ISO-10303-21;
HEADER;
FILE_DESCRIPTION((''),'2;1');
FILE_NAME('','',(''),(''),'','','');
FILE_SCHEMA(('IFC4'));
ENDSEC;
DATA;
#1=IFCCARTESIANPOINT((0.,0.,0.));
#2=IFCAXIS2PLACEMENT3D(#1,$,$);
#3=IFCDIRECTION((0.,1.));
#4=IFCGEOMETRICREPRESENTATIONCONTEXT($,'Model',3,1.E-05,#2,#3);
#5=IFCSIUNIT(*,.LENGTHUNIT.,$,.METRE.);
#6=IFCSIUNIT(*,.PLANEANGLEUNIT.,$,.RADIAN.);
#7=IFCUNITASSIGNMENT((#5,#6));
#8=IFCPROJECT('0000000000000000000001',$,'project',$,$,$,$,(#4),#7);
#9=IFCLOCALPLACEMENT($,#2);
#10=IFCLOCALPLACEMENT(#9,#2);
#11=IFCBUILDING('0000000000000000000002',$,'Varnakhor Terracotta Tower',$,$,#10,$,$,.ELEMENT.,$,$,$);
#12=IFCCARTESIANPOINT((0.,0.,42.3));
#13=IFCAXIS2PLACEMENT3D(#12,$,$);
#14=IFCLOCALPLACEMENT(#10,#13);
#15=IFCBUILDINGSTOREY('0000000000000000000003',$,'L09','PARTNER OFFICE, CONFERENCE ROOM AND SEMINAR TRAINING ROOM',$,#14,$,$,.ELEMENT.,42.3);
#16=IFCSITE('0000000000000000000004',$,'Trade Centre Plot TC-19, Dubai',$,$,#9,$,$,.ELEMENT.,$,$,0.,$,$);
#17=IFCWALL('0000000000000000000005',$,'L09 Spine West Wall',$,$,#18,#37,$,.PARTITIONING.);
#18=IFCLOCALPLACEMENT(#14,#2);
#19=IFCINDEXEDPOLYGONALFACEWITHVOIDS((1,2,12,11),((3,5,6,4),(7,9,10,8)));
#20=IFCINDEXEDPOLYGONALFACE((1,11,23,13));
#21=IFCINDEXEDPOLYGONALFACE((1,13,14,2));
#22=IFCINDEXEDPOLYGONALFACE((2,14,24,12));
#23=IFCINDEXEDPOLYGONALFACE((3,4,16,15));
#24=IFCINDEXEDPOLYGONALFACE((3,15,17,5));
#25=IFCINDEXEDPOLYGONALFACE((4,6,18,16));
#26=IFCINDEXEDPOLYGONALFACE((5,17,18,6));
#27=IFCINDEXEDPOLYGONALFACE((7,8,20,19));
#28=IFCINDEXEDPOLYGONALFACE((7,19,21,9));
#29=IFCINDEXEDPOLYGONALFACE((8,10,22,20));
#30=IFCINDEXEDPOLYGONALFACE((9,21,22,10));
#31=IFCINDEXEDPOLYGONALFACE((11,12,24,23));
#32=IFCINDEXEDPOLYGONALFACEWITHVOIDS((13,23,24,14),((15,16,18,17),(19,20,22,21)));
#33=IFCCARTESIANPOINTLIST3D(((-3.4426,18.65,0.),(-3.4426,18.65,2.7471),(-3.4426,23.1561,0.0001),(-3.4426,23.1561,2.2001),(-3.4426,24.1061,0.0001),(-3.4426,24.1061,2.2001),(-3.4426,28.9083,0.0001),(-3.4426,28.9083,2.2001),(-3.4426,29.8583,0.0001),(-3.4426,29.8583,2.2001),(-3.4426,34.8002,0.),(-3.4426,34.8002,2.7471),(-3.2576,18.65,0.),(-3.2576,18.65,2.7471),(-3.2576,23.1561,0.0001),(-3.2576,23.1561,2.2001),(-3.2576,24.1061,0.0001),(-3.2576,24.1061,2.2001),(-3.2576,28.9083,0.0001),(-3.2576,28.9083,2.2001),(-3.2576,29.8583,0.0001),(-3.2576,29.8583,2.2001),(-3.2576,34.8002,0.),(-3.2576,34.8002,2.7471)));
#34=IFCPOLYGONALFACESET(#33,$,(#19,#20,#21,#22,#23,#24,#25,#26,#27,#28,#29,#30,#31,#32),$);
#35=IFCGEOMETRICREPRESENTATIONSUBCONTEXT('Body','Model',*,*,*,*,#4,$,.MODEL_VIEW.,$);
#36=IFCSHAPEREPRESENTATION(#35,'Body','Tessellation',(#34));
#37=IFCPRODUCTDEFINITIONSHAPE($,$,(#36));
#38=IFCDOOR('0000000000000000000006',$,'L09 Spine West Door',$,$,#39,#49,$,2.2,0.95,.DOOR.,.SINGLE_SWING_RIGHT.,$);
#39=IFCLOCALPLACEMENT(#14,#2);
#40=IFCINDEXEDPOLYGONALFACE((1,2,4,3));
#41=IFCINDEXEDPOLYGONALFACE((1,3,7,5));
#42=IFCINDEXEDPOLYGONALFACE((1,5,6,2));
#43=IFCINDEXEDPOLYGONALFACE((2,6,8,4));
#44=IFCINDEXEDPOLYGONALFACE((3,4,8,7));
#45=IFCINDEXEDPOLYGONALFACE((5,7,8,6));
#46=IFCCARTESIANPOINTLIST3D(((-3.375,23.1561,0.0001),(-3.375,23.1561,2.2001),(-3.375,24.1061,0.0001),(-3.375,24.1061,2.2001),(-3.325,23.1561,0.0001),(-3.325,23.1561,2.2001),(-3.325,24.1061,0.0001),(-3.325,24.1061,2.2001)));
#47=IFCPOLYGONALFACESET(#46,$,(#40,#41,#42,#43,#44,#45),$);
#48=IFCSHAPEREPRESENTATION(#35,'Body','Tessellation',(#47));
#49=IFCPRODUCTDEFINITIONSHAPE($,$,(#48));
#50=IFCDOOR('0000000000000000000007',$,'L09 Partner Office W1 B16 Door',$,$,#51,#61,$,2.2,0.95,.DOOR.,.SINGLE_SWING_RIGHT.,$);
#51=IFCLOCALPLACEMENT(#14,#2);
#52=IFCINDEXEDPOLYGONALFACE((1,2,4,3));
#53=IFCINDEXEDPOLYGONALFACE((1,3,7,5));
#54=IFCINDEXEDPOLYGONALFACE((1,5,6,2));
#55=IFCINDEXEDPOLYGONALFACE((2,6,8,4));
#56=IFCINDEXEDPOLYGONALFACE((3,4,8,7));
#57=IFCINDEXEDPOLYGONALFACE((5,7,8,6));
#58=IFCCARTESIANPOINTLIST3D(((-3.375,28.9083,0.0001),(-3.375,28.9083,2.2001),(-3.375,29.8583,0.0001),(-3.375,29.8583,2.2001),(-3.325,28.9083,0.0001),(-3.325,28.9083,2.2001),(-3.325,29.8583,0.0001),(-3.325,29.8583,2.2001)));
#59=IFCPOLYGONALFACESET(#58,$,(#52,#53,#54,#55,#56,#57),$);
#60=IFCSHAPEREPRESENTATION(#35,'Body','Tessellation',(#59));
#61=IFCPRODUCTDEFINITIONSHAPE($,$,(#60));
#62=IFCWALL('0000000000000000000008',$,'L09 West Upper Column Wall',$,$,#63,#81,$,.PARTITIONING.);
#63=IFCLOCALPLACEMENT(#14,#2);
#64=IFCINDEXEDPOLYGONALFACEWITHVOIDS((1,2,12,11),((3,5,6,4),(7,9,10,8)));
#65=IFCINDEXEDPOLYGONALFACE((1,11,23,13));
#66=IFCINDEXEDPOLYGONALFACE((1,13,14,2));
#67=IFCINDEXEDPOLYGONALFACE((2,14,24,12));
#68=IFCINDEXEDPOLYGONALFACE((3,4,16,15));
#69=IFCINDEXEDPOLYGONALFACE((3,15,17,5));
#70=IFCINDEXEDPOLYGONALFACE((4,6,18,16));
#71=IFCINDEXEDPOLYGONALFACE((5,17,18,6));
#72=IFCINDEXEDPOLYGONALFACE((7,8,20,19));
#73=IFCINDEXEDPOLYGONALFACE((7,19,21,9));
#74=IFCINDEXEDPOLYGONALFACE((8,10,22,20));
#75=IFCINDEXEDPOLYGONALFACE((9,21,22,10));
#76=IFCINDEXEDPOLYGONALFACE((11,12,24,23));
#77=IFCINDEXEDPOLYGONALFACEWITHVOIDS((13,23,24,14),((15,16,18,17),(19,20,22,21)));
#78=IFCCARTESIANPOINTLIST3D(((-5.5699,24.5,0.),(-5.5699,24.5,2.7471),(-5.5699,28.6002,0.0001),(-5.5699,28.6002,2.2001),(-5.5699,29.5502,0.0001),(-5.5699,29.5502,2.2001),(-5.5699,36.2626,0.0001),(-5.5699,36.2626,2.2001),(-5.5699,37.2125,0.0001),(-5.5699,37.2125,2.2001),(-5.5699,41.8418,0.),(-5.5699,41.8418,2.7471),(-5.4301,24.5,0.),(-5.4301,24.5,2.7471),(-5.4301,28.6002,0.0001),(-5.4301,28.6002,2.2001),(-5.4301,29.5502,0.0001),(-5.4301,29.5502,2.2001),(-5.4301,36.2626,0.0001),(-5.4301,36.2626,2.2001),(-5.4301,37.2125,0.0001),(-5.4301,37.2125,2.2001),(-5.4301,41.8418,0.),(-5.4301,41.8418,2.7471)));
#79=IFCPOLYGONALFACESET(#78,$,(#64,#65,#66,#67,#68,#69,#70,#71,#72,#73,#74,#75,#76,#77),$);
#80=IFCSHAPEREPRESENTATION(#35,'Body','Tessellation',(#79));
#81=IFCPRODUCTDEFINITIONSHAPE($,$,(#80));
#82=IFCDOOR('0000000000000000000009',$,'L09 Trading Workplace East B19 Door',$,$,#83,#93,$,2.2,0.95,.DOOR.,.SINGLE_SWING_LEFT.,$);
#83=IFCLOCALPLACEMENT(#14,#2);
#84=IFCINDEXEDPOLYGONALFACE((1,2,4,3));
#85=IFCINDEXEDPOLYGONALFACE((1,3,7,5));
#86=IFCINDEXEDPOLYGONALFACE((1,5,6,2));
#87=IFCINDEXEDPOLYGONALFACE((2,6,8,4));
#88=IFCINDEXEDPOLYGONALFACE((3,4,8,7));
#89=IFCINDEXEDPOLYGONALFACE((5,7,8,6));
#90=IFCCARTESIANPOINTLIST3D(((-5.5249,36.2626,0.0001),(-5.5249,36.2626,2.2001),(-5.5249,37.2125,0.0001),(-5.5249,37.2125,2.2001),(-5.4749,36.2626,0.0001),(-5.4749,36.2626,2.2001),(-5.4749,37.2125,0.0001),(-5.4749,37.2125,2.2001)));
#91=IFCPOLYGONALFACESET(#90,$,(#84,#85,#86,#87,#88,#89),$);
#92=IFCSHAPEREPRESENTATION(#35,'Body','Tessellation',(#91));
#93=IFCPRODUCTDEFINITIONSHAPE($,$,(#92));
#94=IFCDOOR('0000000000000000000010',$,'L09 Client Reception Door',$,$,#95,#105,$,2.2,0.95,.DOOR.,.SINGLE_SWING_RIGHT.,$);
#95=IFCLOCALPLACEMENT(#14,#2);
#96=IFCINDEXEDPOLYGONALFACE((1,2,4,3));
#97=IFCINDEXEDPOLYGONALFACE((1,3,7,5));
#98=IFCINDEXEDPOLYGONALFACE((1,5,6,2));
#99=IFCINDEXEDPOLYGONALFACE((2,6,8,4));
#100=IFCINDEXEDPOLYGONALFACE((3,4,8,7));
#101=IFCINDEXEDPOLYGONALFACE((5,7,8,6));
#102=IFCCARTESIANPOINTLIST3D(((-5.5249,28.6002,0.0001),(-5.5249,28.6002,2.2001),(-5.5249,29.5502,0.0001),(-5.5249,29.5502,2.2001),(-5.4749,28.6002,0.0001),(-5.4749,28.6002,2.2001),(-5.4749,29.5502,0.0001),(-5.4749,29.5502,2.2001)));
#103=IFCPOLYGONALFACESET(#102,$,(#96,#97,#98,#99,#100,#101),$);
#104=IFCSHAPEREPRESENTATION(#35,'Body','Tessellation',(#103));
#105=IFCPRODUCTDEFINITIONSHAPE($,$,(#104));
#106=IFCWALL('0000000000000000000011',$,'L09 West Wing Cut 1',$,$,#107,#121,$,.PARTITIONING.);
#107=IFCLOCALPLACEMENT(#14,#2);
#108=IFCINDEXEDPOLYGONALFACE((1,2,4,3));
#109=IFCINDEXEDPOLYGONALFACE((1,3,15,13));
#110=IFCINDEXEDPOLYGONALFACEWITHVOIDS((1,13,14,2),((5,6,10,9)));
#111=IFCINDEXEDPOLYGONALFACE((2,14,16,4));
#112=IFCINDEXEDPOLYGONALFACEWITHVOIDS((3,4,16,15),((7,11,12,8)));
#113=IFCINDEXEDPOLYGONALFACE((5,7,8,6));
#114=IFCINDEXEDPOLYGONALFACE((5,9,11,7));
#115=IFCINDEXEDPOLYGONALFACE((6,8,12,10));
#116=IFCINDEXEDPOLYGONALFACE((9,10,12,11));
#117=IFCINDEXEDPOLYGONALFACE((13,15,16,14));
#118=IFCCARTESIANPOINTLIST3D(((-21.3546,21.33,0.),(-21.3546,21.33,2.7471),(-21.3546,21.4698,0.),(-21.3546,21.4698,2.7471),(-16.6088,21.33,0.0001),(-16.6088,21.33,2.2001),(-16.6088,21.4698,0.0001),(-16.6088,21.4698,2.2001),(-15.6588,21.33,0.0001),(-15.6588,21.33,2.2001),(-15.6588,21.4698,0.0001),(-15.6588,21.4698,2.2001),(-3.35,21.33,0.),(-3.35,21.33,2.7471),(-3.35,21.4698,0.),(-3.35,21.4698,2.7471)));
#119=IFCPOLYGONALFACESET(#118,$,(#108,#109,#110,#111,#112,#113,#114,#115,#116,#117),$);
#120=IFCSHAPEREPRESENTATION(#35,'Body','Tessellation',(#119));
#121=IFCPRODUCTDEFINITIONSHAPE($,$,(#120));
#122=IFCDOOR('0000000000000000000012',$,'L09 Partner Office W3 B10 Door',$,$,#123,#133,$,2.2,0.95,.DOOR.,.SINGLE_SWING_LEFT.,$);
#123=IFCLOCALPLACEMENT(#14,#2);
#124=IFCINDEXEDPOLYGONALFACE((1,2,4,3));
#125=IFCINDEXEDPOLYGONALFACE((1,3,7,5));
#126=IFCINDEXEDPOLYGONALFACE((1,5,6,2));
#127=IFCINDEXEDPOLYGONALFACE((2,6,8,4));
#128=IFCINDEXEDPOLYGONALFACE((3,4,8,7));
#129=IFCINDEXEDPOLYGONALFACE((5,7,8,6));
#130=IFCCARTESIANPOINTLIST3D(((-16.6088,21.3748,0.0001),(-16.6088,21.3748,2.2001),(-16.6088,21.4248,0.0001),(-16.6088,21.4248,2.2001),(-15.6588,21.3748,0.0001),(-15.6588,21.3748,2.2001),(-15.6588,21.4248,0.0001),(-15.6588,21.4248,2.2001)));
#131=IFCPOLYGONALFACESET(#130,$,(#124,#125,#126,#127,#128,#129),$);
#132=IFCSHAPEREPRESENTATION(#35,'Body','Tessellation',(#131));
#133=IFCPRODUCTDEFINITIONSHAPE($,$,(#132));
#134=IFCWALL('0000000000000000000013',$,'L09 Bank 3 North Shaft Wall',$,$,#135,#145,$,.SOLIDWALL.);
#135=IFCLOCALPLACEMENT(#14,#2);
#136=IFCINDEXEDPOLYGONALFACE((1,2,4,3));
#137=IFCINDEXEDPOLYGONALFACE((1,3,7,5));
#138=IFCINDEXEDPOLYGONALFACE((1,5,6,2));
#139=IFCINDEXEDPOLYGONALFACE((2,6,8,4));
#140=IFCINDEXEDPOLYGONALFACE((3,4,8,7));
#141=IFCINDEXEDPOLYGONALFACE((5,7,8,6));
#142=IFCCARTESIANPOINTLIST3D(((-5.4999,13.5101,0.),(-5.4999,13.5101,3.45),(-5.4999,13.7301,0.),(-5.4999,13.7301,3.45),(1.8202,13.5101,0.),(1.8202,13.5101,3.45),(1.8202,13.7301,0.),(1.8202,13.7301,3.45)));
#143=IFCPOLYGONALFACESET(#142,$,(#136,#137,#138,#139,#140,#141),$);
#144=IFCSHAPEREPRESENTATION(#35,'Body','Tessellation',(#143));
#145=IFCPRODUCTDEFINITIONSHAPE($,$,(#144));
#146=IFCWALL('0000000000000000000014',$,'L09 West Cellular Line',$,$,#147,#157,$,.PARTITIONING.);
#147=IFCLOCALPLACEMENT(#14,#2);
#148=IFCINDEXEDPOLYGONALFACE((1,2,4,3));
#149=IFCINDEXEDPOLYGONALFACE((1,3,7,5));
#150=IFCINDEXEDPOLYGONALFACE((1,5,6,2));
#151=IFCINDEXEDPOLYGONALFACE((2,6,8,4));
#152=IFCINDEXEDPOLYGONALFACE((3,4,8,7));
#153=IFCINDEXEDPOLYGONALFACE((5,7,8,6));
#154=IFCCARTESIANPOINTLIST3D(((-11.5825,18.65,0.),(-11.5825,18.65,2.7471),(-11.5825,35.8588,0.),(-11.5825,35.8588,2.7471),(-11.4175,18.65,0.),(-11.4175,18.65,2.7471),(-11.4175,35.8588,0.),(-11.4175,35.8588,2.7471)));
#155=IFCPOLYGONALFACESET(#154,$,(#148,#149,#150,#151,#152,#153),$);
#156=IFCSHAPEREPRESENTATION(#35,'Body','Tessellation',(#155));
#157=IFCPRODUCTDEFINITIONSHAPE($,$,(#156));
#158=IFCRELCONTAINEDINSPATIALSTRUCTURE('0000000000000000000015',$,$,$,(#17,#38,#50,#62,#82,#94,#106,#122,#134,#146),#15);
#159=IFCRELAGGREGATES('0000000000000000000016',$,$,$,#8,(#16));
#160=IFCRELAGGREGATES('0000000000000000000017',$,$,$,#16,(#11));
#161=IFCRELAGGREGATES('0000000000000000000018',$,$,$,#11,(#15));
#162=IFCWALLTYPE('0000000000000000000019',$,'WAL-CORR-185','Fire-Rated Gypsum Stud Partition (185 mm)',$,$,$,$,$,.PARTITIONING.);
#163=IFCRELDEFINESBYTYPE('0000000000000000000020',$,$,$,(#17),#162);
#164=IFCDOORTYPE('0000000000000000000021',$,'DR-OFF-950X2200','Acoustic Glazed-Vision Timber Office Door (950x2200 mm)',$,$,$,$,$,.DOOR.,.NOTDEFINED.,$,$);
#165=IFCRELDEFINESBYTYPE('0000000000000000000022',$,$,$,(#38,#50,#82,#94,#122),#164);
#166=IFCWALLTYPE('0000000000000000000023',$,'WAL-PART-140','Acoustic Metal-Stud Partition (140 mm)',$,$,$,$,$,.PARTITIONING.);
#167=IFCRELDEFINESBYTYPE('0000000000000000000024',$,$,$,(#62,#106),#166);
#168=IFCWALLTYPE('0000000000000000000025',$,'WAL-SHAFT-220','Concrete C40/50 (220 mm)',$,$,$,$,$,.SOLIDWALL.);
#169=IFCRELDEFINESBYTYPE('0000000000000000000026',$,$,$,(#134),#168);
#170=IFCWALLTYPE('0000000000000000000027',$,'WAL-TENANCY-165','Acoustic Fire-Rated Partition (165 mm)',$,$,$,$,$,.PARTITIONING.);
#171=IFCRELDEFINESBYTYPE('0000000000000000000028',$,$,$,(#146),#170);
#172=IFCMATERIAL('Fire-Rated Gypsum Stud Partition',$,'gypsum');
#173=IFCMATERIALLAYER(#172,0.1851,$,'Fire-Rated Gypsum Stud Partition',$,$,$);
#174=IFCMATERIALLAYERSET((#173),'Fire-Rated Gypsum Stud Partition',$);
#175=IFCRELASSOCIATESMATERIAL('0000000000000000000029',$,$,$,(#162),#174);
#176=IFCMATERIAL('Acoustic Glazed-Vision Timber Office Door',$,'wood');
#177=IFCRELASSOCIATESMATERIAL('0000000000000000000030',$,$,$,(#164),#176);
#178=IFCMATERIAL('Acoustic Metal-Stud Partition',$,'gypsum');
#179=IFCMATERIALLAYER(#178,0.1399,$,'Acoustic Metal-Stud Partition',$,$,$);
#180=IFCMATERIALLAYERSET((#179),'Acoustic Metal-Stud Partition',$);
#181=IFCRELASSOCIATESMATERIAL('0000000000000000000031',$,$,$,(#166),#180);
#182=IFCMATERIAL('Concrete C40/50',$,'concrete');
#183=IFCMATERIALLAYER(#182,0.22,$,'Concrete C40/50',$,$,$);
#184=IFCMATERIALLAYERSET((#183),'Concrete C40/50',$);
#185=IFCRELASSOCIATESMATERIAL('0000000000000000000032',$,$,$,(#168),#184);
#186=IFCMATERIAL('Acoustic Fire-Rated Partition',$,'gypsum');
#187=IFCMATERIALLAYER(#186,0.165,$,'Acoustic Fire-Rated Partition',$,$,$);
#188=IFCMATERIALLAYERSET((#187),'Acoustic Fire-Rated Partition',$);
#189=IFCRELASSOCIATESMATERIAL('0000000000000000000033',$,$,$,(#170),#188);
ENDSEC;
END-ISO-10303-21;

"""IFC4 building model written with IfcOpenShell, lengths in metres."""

from ifc_helpers import new_model, si_unit, direction, frame, frame_2d, origin, place, context, subcontext, project, spatial, rectangle, extrude, source, transform, mapped, material, layer, layer_set, type_object, type_shapes, element, fill, save


model = new_model("IFC4")

# Units and contexts
model_context = context("Model", 3, precision=1e-05, world=origin(), true_north=direction((0.0, 1.0)))
body_context = subcontext(model_context, "Body", "Model", "MODEL_VIEW")
ifc_project = project(units=[si_unit("LENGTHUNIT", "METRE"), si_unit("PLANEANGLEUNIT", "RADIAN")], contexts=[model_context])

# Site, building, storey
site_placement = place(None, origin())
site = spatial("IfcSite", under=ifc_project, at=site_placement, Name="Trade Centre Plot TC-19, Dubai", CompositionType="ELEMENT", RefElevation=0.0)
building_placement = place(site_placement, origin())
building = spatial("IfcBuilding", under=site, at=building_placement, Name="Varnakhor Terracotta Tower", CompositionType="ELEMENT")
storey_placement = place(building_placement, frame((0.0, 0.0, 42.3)))
storey = spatial("IfcBuildingStorey", under=building, at=storey_placement, Name="L09", Description="PARTNER OFFICE, CONFERENCE ROOM AND SEMINAR TRAINING ROOM", CompositionType="ELEMENT", Elevation=42.3)

# Walls, openings, doors
ifc_material_1 = material(Name="Fire-Rated Gypsum Stud Partition", Category="gypsum")
ifc_layer_1 = layer(ifc_material_1, 0.1851, Name="Fire-Rated Gypsum Stud Partition")
ifc_layer_set_1 = layer_set([ifc_layer_1], Name="Fire-Rated Gypsum Stud Partition")
wall_type_1 = type_object("IfcWallType", Name="WAL-CORR-185", Description="Fire-Rated Gypsum Stud Partition (185 mm)", PredefinedType="PARTITIONING", material=ifc_layer_set_1)
wall_1_placement = place(storey_placement, frame((-3.3501, 18.6499, 0.0), z_axis=(0.0, 0.0, 1.0), x_axis=(0.0, 1.0, 0.0)))
wall_1 = element("IfcWall", 1, at=wall_1_placement, inside=storey, type_object=wall_type_1, Name="L09 Spine West Wall", PredefinedType="PARTITIONING", context=body_context, shape_type="SweptSolid", body=[
    extrude(rectangle(XDim=16.1501, YDim=0.1851, at=frame_2d((8.0752, 0.0))), origin(), (0.0, 0.0, 1.0), 2.7471),
])
opening_1_placement = place(wall_1_placement, frame((4.5061, 0.0, 0.0)))
opening_1 = element("IfcOpeningElement", 2, at=opening_1_placement, cuts=wall_1, PredefinedType="OPENING", context=body_context, shape_type="SweptSolid", body=[
    extrude(rectangle(XDim=0.95, YDim=2.2, at=frame_2d((0.4751, 1.1001))), frame((0.0, 0.1025, 0.0), z_axis=(0.0, -1.0, 0.0), x_axis=(1.0, 0.0, 0.0)), (0.0, 0.0, 1.0), 0.2051),
])
opening_2_placement = place(wall_1_placement, frame((10.2583, 0.0, 0.0)))
opening_2 = element("IfcOpeningElement", 3, at=opening_2_placement, cuts=wall_1, PredefinedType="OPENING", context=body_context, shape_type="SweptSolid", body=[
    extrude(rectangle(XDim=0.95, YDim=2.2, at=frame_2d((0.4751, 1.1001))), frame((0.0, 0.1025, 0.0), z_axis=(0.0, -1.0, 0.0), x_axis=(1.0, 0.0, 0.0)), (0.0, 0.0, 1.0), 0.2051),
])
ifc_material_2 = material(Name="Acoustic Glazed-Vision Timber Office Door", Category="wood")
door_type_1 = type_object("IfcDoorType", Name="DR-OFF-950X2200", Description="Acoustic Glazed-Vision Timber Office Door (950x2200 mm)", OperationType="NOTDEFINED", PredefinedType="DOOR", material=ifc_material_2)
shared_shape_1 = source(origin(), body_context, "Body", "SweptSolid", [
    extrude(rectangle(XDim=0.95, YDim=2.2, at=frame_2d((0.4751, 1.1001))), frame((0.0, 0.0249, 0.0), z_axis=(0.0, -1.0, 0.0), x_axis=(1.0, 0.0, 0.0)), (0.0, 0.0, 1.0), 0.05),
])
type_shapes(door_type_1, [shared_shape_1])
door_1_placement = place(opening_1_placement, origin())
door_1 = element("IfcDoor", 4, at=door_1_placement, inside=storey, type_object=door_type_1, Name="L09 Spine West Door", OperationType="SINGLE_SWING_RIGHT", OverallHeight=2.2, OverallWidth=0.95, PredefinedType="DOOR", context=body_context, shape_type="MappedRepresentation", body=[
    mapped(shared_shape_1, transform((0.0, 0.0, 0.0), scale=1.0)),
])
fill(opening_1, door_1)
door_2_placement = place(opening_2_placement, origin())
door_2 = element("IfcDoor", 5, at=door_2_placement, inside=storey, type_object=door_type_1, Name="L09 Partner Office W1 B16 Door", OperationType="SINGLE_SWING_RIGHT", OverallHeight=2.2, OverallWidth=0.95, PredefinedType="DOOR", context=body_context, shape_type="MappedRepresentation", body=[
    mapped(shared_shape_1, transform((0.0, 0.0, 0.0), scale=1.0)),
])
fill(opening_2, door_2)
ifc_material_3 = material(Name="Acoustic Metal-Stud Partition", Category="gypsum")
ifc_layer_2 = layer(ifc_material_3, 0.1399, Name="Acoustic Metal-Stud Partition")
ifc_layer_set_2 = layer_set([ifc_layer_2], Name="Acoustic Metal-Stud Partition")
wall_type_2 = type_object("IfcWallType", Name="WAL-PART-140", Description="Acoustic Metal-Stud Partition (140 mm)", PredefinedType="PARTITIONING", material=ifc_layer_set_2)
wall_2_placement = place(storey_placement, frame((-5.5, 24.5, 0.0), z_axis=(0.0, 0.0, 1.0), x_axis=(0.0, 1.0, 0.0)))
wall_2 = element("IfcWall", 6, at=wall_2_placement, inside=storey, type_object=wall_type_2, Name="L09 West Upper Column Wall", PredefinedType="PARTITIONING", context=body_context, shape_type="SweptSolid", body=[
    extrude(rectangle(XDim=17.3418, YDim=0.1399, at=frame_2d((8.6709, 0.0))), origin(), (0.0, 0.0, 1.0), 2.7471),
])
opening_3_placement = place(wall_2_placement, frame((11.7625, 0.0, 0.0)))
opening_3 = element("IfcOpeningElement", 7, at=opening_3_placement, cuts=wall_2, PredefinedType="OPENING", context=body_context, shape_type="SweptSolid", body=[
    extrude(rectangle(XDim=0.95, YDim=2.2, at=frame_2d((0.4751, 1.1001))), frame((0.0, 0.0801, 0.0), z_axis=(0.0, -1.0, 0.0), x_axis=(1.0, 0.0, 0.0)), (0.0, 0.0, 1.0), 0.1599),
])
opening_4_placement = place(wall_2_placement, frame((4.1001, 0.0, 0.0)))
opening_4 = element("IfcOpeningElement", 8, at=opening_4_placement, cuts=wall_2, PredefinedType="OPENING", context=body_context, shape_type="SweptSolid", body=[
    extrude(rectangle(XDim=0.95, YDim=2.2, at=frame_2d((0.4751, 1.1001))), frame((0.0, 0.0801, 0.0), z_axis=(0.0, -1.0, 0.0), x_axis=(1.0, 0.0, 0.0)), (0.0, 0.0, 1.0), 0.1599),
])
door_3_placement = place(opening_3_placement, origin())
door_3 = element("IfcDoor", 9, at=door_3_placement, inside=storey, type_object=door_type_1, Name="L09 Trading Workplace East B19 Door", OperationType="SINGLE_SWING_LEFT", OverallHeight=2.2, OverallWidth=0.95, PredefinedType="DOOR", context=body_context, shape_type="MappedRepresentation", body=[
    mapped(shared_shape_1, transform((0.0, 0.0, 0.0), scale=1.0)),
])
fill(opening_3, door_3)
door_4_placement = place(opening_4_placement, origin())
door_4 = element("IfcDoor", 10, at=door_4_placement, inside=storey, type_object=door_type_1, Name="L09 Client Reception Door", OperationType="SINGLE_SWING_RIGHT", OverallHeight=2.2, OverallWidth=0.95, PredefinedType="DOOR", context=body_context, shape_type="MappedRepresentation", body=[
    mapped(shared_shape_1, transform((0.0, 0.0, 0.0), scale=1.0)),
])
fill(opening_4, door_4)

# Wall, opening, door
wall_3_placement = place(storey_placement, frame((-21.3547, 21.3999, 0.0), z_axis=(0.0, 0.0, 1.0), x_axis=(1.0, 0.0, 0.0)))
wall_3 = element("IfcWall", 11, at=wall_3_placement, inside=storey, type_object=wall_type_2, Name="L09 West Wing Cut 1", PredefinedType="PARTITIONING", context=body_context, shape_type="SweptSolid", body=[
    extrude(rectangle(XDim=18.0046, YDim=0.1399, at=frame_2d((9.0024, 0.0))), origin(), (0.0, 0.0, 1.0), 2.7471),
])
opening_5_placement = place(wall_3_placement, frame((4.7458, 0.0, 0.0)))
opening_5 = element("IfcOpeningElement", 12, at=opening_5_placement, cuts=wall_3, PredefinedType="OPENING", context=body_context, shape_type="SweptSolid", body=[
    extrude(rectangle(XDim=0.95, YDim=2.2, at=frame_2d((0.4751, 1.1001))), frame((0.0, 0.0801, 0.0), z_axis=(0.0, -1.0, 0.0), x_axis=(1.0, 0.0, 0.0)), (0.0, 0.0, 1.0), 0.1599),
])
door_5_placement = place(opening_5_placement, origin())
door_5 = element("IfcDoor", 13, at=door_5_placement, inside=storey, type_object=door_type_1, Name="L09 Partner Office W3 B10 Door", OperationType="SINGLE_SWING_LEFT", OverallHeight=2.2, OverallWidth=0.95, PredefinedType="DOOR", context=body_context, shape_type="MappedRepresentation", body=[
    mapped(shared_shape_1, transform((0.0, 0.0, 0.0), scale=1.0)),
])
fill(opening_5, door_5)

# Walls
ifc_material_4 = material(Name="Concrete C40/50", Category="concrete")
ifc_layer_3 = layer(ifc_material_4, 0.22, Name="Concrete C40/50")
ifc_layer_set_3 = layer_set([ifc_layer_3], Name="Concrete C40/50")
wall_type_3 = type_object("IfcWallType", Name="WAL-SHAFT-220", Description="Concrete C40/50 (220 mm)", PredefinedType="SOLIDWALL", material=ifc_layer_set_3)
wall_4_placement = place(storey_placement, frame((-5.5, 13.6201, 0.0), z_axis=(0.0, 0.0, 1.0), x_axis=(1.0, 0.0, 0.0)))
element("IfcWall", 14, at=wall_4_placement, inside=storey, type_object=wall_type_3, Name="L09 Bank 3 North Shaft Wall", PredefinedType="SOLIDWALL", context=body_context, shape_type="SweptSolid", body=[
    extrude(rectangle(XDim=7.3201, YDim=0.22, at=frame_2d((3.6602, 0.0))), origin(), (0.0, 0.0, 1.0), 3.45),
])
ifc_material_5 = material(Name="Acoustic Fire-Rated Partition", Category="gypsum")
ifc_layer_4 = layer(ifc_material_5, 0.165, Name="Acoustic Fire-Rated Partition")
ifc_layer_set_4 = layer_set([ifc_layer_4], Name="Acoustic Fire-Rated Partition")
wall_type_4 = type_object("IfcWallType", Name="WAL-TENANCY-165", Description="Acoustic Fire-Rated Partition (165 mm)", PredefinedType="PARTITIONING", material=ifc_layer_set_4)
wall_5_placement = place(storey_placement, frame((-11.5, 18.6499, 0.0), z_axis=(0.0, 0.0, 1.0), x_axis=(0.0, 1.0, 0.0)))
element("IfcWall", 15, at=wall_5_placement, inside=storey, type_object=wall_type_4, Name="L09 West Cellular Line", PredefinedType="PARTITIONING", context=body_context, shape_type="SweptSolid", body=[
    extrude(rectangle(XDim=17.2087, YDim=0.165, at=frame_2d((8.6045, 0.0))), origin(), (0.0, 0.0, 1.0), 2.7471),
])

save(model, "model.ifc")
